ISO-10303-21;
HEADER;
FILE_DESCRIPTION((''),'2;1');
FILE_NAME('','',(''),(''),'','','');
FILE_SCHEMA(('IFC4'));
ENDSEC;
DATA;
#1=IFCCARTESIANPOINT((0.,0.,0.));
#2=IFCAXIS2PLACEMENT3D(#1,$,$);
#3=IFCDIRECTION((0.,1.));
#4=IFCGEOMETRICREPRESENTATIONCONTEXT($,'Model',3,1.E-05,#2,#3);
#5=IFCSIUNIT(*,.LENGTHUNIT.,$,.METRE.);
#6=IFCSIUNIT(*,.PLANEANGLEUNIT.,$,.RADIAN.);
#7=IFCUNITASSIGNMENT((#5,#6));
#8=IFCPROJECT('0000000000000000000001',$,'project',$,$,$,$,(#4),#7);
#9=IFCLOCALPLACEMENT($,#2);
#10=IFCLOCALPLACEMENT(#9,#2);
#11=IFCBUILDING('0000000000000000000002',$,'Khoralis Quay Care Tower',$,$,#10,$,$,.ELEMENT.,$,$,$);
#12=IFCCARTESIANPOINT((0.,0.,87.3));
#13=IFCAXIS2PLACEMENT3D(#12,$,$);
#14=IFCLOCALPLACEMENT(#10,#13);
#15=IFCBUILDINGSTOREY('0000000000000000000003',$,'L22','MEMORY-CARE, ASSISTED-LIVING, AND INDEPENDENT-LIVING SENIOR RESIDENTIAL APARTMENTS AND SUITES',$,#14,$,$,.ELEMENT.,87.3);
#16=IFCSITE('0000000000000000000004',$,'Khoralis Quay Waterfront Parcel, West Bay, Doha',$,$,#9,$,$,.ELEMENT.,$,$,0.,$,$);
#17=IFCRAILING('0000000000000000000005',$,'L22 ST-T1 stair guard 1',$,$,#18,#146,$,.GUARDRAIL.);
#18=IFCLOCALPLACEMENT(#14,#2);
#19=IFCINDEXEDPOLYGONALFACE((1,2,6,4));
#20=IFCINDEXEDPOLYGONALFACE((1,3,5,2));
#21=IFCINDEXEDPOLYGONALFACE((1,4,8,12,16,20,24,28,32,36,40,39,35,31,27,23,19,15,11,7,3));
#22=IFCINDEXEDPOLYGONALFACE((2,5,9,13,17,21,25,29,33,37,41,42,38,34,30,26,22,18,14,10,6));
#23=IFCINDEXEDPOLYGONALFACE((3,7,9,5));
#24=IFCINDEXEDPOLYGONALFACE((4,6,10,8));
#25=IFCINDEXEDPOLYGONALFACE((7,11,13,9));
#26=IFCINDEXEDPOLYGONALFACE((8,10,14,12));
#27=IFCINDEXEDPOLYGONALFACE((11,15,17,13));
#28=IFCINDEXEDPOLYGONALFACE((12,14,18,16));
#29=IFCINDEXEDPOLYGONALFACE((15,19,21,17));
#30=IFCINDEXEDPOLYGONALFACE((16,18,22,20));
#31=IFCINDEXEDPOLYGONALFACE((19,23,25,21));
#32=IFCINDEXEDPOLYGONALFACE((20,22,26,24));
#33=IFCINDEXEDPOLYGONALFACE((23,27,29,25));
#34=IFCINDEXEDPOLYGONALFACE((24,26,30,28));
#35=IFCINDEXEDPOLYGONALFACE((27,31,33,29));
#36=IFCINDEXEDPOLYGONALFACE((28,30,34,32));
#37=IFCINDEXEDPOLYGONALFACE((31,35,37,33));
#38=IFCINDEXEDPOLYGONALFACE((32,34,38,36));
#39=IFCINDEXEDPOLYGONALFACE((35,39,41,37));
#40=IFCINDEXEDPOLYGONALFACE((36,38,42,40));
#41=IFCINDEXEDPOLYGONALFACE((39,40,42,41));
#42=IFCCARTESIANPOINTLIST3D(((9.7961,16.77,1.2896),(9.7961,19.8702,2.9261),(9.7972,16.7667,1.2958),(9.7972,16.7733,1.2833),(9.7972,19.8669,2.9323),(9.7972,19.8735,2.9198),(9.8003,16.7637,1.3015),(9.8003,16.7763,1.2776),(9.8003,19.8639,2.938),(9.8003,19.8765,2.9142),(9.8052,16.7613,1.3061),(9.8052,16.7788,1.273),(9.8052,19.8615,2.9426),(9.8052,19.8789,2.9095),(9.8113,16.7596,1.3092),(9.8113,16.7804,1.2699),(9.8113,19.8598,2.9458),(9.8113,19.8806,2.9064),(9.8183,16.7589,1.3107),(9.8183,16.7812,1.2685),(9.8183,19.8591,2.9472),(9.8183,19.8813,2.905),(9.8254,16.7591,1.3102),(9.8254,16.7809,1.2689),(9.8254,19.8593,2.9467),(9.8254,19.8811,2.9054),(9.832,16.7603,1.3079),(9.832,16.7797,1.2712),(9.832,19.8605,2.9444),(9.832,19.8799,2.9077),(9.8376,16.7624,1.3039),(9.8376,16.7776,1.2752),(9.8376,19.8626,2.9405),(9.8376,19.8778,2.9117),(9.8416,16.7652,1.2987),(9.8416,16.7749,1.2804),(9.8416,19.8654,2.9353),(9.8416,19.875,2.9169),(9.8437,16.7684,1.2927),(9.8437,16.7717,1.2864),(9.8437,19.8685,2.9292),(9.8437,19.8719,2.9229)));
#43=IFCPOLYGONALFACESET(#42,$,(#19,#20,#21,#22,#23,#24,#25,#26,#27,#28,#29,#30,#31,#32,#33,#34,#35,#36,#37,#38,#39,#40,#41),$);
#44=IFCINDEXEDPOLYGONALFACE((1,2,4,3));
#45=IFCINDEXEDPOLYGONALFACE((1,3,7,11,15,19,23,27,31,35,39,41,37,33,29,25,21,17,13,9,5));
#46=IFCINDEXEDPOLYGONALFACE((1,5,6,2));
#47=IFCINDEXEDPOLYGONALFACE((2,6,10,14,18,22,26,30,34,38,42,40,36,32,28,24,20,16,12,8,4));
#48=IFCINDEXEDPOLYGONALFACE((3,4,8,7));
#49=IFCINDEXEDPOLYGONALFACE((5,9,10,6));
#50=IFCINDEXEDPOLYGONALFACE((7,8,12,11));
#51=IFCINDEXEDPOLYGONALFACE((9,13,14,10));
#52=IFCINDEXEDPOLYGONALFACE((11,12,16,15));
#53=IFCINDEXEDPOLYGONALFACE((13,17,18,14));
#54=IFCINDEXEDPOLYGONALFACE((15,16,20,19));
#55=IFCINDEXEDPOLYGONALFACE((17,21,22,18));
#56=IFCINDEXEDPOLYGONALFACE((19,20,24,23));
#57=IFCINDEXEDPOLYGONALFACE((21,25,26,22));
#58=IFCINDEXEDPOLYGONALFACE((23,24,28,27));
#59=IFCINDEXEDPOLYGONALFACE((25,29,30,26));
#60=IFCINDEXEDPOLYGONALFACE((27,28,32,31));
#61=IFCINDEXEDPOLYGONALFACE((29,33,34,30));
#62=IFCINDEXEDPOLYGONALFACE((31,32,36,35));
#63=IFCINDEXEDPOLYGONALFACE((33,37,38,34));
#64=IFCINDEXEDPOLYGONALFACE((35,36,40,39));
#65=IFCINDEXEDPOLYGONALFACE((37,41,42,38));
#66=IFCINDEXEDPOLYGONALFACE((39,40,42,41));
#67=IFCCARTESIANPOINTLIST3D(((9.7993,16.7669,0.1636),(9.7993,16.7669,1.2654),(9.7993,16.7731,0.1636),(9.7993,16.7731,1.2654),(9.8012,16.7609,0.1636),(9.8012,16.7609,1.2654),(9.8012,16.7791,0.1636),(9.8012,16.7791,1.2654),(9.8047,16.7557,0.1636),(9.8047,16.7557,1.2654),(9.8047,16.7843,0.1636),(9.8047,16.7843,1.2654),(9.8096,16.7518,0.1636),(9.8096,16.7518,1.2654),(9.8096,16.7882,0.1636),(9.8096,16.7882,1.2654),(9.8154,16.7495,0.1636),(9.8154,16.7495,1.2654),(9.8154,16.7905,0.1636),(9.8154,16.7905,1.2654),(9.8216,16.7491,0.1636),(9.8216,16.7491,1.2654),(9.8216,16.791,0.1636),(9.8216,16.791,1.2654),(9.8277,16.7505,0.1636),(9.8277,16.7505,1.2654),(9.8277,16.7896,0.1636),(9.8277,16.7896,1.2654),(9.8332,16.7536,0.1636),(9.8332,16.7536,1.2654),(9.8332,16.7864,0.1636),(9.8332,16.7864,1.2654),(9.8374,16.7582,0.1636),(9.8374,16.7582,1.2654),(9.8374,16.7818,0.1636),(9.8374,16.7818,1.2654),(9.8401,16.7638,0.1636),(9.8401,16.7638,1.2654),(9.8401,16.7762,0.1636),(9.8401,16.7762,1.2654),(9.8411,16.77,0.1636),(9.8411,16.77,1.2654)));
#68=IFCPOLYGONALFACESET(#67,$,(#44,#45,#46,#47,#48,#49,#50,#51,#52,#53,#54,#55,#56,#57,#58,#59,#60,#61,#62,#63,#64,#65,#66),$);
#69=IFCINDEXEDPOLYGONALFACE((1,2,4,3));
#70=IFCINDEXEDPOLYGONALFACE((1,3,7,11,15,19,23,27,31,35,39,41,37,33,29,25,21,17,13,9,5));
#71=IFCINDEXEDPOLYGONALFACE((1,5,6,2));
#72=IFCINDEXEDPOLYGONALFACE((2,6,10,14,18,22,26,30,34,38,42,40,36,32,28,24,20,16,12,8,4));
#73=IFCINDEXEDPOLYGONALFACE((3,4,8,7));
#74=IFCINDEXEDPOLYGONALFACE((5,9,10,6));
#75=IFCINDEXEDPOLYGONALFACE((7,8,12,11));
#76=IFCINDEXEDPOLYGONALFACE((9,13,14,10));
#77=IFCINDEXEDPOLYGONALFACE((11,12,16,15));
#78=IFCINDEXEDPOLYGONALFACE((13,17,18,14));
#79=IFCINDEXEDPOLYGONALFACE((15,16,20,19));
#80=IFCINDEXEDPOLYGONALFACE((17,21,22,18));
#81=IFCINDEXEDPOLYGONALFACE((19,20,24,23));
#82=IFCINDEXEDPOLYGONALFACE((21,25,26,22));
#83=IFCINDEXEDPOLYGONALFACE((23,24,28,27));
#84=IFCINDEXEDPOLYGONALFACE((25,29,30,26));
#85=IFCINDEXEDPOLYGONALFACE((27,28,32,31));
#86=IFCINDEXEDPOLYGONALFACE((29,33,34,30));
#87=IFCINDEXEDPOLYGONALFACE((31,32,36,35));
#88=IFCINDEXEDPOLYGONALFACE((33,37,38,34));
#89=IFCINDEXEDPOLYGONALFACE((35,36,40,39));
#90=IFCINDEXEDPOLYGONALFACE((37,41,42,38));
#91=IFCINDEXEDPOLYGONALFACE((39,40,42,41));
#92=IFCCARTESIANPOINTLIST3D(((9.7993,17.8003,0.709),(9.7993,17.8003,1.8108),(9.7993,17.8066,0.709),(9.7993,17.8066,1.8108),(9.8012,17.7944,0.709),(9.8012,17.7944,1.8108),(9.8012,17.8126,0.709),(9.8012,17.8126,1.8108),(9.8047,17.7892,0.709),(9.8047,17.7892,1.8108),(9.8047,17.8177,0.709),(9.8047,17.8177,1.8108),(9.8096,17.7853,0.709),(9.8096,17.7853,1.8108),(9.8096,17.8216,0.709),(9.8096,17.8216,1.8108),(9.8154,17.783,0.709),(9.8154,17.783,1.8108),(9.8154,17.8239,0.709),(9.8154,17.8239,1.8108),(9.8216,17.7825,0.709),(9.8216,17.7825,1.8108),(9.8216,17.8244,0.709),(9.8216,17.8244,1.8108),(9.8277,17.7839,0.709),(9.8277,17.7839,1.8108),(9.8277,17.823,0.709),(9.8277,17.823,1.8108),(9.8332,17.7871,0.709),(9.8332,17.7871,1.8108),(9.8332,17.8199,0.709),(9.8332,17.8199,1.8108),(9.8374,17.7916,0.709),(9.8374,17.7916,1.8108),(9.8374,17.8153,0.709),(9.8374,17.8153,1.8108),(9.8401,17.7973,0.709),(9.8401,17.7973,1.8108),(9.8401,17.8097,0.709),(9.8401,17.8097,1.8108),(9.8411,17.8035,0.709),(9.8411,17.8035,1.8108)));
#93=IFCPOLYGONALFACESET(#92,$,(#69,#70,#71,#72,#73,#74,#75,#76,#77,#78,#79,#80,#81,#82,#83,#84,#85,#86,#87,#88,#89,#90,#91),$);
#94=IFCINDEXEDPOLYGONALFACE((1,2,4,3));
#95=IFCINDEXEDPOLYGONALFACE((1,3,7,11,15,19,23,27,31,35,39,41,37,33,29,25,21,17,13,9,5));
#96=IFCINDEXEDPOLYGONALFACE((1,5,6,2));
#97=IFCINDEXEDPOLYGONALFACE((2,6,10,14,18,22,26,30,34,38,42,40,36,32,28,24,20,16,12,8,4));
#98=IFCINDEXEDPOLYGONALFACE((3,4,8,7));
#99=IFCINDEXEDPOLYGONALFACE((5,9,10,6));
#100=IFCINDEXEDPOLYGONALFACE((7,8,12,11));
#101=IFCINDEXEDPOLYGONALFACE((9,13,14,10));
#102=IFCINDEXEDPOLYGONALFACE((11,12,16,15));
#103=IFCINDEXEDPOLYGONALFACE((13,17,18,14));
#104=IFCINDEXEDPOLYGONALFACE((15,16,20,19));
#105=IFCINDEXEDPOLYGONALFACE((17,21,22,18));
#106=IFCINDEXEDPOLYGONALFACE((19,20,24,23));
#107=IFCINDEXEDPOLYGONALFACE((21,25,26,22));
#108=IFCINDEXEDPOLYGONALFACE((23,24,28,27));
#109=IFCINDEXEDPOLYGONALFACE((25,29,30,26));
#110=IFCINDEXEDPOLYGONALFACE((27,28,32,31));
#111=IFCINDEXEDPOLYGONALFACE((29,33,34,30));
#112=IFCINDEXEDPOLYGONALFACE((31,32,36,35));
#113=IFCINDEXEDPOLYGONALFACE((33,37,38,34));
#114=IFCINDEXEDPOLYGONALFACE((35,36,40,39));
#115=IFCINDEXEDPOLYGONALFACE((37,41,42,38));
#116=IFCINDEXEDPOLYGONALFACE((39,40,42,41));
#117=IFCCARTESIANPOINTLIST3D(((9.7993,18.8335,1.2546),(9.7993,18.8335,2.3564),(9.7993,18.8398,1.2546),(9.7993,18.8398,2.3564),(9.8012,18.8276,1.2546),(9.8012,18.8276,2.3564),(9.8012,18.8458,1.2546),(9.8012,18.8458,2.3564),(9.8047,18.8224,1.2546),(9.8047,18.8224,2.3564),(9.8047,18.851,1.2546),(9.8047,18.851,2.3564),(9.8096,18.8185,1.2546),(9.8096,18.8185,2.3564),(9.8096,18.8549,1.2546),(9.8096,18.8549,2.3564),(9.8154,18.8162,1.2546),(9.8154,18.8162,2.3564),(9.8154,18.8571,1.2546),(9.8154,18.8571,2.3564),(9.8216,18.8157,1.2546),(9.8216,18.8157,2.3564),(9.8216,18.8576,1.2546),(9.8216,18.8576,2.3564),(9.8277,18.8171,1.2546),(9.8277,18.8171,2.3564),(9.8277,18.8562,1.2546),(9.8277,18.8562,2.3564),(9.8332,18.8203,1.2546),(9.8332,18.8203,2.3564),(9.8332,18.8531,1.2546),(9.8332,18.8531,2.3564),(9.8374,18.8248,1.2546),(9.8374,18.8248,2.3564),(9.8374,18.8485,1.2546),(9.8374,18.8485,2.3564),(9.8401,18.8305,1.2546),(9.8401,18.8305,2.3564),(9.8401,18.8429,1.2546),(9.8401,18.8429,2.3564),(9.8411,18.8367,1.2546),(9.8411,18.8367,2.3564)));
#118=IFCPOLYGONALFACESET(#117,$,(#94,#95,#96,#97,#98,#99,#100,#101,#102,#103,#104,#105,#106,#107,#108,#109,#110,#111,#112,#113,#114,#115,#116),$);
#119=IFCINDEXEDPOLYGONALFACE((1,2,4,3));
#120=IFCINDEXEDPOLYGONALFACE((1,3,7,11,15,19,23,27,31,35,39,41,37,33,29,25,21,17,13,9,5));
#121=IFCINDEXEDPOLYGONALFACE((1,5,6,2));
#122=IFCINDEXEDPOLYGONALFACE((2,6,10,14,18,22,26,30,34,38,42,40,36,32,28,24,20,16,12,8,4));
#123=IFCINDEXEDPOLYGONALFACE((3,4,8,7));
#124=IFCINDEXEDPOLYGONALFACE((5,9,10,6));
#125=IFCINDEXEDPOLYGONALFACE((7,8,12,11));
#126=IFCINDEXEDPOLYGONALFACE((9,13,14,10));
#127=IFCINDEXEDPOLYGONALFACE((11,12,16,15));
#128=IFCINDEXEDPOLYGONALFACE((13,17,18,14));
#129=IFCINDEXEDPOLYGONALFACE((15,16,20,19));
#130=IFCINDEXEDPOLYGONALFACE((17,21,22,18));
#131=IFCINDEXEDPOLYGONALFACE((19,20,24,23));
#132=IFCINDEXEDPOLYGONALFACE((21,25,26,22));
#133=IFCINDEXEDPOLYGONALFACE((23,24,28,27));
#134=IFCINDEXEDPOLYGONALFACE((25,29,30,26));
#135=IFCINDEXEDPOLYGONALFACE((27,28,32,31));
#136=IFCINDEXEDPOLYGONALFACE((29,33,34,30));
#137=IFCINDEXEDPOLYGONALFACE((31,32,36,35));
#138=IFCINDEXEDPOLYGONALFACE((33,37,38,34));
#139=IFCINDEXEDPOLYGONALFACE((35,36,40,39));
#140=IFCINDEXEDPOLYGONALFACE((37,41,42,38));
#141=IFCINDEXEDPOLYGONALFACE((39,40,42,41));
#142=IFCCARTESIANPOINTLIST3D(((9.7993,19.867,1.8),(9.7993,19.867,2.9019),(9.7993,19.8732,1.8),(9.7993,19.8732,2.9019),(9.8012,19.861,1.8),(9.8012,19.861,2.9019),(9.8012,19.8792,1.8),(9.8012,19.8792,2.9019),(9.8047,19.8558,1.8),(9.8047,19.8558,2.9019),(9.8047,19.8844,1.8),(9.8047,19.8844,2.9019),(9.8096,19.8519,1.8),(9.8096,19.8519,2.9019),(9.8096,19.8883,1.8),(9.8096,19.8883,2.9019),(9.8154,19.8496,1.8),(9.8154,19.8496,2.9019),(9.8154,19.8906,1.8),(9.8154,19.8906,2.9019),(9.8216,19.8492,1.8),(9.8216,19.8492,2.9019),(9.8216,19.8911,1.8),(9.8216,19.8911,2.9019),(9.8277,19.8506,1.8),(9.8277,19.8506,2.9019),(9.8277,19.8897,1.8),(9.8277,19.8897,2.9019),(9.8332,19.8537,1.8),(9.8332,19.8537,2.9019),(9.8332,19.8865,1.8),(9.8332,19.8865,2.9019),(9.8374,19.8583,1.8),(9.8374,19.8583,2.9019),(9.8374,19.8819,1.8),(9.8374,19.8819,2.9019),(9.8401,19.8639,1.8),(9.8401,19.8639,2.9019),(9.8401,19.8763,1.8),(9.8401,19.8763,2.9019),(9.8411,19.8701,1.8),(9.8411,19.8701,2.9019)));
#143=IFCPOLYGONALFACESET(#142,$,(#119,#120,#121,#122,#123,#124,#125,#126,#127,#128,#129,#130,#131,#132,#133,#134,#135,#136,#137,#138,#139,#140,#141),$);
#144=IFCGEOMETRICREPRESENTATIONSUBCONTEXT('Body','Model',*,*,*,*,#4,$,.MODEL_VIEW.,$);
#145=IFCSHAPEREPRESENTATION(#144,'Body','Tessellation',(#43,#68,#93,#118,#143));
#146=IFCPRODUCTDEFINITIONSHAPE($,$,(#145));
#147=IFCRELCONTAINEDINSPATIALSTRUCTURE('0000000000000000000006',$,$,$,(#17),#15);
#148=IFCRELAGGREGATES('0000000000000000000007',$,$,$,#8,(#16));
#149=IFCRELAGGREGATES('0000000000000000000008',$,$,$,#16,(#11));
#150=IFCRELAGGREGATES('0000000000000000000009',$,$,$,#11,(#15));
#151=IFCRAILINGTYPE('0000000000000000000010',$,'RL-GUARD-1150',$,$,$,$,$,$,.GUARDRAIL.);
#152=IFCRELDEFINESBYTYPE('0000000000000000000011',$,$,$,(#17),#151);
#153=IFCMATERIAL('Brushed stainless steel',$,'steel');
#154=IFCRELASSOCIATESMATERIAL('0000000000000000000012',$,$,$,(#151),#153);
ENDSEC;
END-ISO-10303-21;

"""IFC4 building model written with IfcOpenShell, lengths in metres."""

from ifc_helpers import new_model, si_unit, direction, frame, origin, origin_2d, place, context, subcontext, project, spatial, circle, extrude, material, type_object, element, save


model = new_model("IFC4")

# Units and contexts
model_context = context("Model", 3, precision=1e-05, world=origin(), true_north=direction((0.0, 1.0)))
body_context = subcontext(model_context, "Body", "Model", "MODEL_VIEW")
ifc_project = project(units=[si_unit("LENGTHUNIT", "METRE"), si_unit("PLANEANGLEUNIT", "RADIAN")], contexts=[model_context])

# Site, building, storey
site_placement = place(None, origin())
site = spatial("IfcSite", under=ifc_project, at=site_placement, Name="Khoralis Quay Waterfront Parcel, West Bay, Doha", CompositionType="ELEMENT", RefElevation=0.0)
building_placement = place(site_placement, origin())
building = spatial("IfcBuilding", under=site, at=building_placement, Name="Khoralis Quay Care Tower", CompositionType="ELEMENT")
storey_placement = place(building_placement, frame((0.0, 0.0, 87.3)))
storey = spatial("IfcBuildingStorey", under=building, at=storey_placement, Name="L22", Description="MEMORY-CARE, ASSISTED-LIVING, AND INDEPENDENT-LIVING SENIOR RESIDENTIAL APARTMENTS AND SUITES", CompositionType="ELEMENT", Elevation=87.3)

# Shared definitions
ifc_material_1 = material(Name="Brushed stainless steel", Category="steel")

# Railing
railing_type_1 = type_object("IfcRailingType", Name="RL-GUARD-1150", PredefinedType="GUARDRAIL", material=ifc_material_1)
railing_1_placement = place(storey_placement, frame((9.8201, 16.77, 0.1636)))
element("IfcRailing", 1, at=railing_1_placement, inside=storey, type_object=railing_type_1, Name="L22 ST-T1 stair guard 1", PredefinedType="GUARDRAIL", context=body_context, shape_type="SweptSolid", body=[
    extrude(circle(Radius=0.0239, at=origin_2d()), frame((0.0, 0.0, 1.126), z_axis=(0.0, 0.884348, 0.466828), x_axis=(-1.0, 0.0, 0.0)), (0.0, 0.0, 1.0), 3.5056),
    extrude(circle(Radius=0.021, at=origin_2d()), origin(), (0.0, 0.0, 1.0), 1.1018),
    extrude(circle(Radius=0.021, at=origin_2d()), frame((0.0, 1.0334, 0.5454)), (0.0, 0.0, 1.0), 1.1018),
    extrude(circle(Radius=0.021, at=origin_2d()), frame((0.0, 2.0667, 1.0911)), (0.0, 0.0, 1.0), 1.1018),
    extrude(circle(Radius=0.021, at=origin_2d()), frame((0.0, 3.1001, 1.6365)), (0.0, 0.0, 1.0), 1.1018),
])

save(model, "model.ifc")
